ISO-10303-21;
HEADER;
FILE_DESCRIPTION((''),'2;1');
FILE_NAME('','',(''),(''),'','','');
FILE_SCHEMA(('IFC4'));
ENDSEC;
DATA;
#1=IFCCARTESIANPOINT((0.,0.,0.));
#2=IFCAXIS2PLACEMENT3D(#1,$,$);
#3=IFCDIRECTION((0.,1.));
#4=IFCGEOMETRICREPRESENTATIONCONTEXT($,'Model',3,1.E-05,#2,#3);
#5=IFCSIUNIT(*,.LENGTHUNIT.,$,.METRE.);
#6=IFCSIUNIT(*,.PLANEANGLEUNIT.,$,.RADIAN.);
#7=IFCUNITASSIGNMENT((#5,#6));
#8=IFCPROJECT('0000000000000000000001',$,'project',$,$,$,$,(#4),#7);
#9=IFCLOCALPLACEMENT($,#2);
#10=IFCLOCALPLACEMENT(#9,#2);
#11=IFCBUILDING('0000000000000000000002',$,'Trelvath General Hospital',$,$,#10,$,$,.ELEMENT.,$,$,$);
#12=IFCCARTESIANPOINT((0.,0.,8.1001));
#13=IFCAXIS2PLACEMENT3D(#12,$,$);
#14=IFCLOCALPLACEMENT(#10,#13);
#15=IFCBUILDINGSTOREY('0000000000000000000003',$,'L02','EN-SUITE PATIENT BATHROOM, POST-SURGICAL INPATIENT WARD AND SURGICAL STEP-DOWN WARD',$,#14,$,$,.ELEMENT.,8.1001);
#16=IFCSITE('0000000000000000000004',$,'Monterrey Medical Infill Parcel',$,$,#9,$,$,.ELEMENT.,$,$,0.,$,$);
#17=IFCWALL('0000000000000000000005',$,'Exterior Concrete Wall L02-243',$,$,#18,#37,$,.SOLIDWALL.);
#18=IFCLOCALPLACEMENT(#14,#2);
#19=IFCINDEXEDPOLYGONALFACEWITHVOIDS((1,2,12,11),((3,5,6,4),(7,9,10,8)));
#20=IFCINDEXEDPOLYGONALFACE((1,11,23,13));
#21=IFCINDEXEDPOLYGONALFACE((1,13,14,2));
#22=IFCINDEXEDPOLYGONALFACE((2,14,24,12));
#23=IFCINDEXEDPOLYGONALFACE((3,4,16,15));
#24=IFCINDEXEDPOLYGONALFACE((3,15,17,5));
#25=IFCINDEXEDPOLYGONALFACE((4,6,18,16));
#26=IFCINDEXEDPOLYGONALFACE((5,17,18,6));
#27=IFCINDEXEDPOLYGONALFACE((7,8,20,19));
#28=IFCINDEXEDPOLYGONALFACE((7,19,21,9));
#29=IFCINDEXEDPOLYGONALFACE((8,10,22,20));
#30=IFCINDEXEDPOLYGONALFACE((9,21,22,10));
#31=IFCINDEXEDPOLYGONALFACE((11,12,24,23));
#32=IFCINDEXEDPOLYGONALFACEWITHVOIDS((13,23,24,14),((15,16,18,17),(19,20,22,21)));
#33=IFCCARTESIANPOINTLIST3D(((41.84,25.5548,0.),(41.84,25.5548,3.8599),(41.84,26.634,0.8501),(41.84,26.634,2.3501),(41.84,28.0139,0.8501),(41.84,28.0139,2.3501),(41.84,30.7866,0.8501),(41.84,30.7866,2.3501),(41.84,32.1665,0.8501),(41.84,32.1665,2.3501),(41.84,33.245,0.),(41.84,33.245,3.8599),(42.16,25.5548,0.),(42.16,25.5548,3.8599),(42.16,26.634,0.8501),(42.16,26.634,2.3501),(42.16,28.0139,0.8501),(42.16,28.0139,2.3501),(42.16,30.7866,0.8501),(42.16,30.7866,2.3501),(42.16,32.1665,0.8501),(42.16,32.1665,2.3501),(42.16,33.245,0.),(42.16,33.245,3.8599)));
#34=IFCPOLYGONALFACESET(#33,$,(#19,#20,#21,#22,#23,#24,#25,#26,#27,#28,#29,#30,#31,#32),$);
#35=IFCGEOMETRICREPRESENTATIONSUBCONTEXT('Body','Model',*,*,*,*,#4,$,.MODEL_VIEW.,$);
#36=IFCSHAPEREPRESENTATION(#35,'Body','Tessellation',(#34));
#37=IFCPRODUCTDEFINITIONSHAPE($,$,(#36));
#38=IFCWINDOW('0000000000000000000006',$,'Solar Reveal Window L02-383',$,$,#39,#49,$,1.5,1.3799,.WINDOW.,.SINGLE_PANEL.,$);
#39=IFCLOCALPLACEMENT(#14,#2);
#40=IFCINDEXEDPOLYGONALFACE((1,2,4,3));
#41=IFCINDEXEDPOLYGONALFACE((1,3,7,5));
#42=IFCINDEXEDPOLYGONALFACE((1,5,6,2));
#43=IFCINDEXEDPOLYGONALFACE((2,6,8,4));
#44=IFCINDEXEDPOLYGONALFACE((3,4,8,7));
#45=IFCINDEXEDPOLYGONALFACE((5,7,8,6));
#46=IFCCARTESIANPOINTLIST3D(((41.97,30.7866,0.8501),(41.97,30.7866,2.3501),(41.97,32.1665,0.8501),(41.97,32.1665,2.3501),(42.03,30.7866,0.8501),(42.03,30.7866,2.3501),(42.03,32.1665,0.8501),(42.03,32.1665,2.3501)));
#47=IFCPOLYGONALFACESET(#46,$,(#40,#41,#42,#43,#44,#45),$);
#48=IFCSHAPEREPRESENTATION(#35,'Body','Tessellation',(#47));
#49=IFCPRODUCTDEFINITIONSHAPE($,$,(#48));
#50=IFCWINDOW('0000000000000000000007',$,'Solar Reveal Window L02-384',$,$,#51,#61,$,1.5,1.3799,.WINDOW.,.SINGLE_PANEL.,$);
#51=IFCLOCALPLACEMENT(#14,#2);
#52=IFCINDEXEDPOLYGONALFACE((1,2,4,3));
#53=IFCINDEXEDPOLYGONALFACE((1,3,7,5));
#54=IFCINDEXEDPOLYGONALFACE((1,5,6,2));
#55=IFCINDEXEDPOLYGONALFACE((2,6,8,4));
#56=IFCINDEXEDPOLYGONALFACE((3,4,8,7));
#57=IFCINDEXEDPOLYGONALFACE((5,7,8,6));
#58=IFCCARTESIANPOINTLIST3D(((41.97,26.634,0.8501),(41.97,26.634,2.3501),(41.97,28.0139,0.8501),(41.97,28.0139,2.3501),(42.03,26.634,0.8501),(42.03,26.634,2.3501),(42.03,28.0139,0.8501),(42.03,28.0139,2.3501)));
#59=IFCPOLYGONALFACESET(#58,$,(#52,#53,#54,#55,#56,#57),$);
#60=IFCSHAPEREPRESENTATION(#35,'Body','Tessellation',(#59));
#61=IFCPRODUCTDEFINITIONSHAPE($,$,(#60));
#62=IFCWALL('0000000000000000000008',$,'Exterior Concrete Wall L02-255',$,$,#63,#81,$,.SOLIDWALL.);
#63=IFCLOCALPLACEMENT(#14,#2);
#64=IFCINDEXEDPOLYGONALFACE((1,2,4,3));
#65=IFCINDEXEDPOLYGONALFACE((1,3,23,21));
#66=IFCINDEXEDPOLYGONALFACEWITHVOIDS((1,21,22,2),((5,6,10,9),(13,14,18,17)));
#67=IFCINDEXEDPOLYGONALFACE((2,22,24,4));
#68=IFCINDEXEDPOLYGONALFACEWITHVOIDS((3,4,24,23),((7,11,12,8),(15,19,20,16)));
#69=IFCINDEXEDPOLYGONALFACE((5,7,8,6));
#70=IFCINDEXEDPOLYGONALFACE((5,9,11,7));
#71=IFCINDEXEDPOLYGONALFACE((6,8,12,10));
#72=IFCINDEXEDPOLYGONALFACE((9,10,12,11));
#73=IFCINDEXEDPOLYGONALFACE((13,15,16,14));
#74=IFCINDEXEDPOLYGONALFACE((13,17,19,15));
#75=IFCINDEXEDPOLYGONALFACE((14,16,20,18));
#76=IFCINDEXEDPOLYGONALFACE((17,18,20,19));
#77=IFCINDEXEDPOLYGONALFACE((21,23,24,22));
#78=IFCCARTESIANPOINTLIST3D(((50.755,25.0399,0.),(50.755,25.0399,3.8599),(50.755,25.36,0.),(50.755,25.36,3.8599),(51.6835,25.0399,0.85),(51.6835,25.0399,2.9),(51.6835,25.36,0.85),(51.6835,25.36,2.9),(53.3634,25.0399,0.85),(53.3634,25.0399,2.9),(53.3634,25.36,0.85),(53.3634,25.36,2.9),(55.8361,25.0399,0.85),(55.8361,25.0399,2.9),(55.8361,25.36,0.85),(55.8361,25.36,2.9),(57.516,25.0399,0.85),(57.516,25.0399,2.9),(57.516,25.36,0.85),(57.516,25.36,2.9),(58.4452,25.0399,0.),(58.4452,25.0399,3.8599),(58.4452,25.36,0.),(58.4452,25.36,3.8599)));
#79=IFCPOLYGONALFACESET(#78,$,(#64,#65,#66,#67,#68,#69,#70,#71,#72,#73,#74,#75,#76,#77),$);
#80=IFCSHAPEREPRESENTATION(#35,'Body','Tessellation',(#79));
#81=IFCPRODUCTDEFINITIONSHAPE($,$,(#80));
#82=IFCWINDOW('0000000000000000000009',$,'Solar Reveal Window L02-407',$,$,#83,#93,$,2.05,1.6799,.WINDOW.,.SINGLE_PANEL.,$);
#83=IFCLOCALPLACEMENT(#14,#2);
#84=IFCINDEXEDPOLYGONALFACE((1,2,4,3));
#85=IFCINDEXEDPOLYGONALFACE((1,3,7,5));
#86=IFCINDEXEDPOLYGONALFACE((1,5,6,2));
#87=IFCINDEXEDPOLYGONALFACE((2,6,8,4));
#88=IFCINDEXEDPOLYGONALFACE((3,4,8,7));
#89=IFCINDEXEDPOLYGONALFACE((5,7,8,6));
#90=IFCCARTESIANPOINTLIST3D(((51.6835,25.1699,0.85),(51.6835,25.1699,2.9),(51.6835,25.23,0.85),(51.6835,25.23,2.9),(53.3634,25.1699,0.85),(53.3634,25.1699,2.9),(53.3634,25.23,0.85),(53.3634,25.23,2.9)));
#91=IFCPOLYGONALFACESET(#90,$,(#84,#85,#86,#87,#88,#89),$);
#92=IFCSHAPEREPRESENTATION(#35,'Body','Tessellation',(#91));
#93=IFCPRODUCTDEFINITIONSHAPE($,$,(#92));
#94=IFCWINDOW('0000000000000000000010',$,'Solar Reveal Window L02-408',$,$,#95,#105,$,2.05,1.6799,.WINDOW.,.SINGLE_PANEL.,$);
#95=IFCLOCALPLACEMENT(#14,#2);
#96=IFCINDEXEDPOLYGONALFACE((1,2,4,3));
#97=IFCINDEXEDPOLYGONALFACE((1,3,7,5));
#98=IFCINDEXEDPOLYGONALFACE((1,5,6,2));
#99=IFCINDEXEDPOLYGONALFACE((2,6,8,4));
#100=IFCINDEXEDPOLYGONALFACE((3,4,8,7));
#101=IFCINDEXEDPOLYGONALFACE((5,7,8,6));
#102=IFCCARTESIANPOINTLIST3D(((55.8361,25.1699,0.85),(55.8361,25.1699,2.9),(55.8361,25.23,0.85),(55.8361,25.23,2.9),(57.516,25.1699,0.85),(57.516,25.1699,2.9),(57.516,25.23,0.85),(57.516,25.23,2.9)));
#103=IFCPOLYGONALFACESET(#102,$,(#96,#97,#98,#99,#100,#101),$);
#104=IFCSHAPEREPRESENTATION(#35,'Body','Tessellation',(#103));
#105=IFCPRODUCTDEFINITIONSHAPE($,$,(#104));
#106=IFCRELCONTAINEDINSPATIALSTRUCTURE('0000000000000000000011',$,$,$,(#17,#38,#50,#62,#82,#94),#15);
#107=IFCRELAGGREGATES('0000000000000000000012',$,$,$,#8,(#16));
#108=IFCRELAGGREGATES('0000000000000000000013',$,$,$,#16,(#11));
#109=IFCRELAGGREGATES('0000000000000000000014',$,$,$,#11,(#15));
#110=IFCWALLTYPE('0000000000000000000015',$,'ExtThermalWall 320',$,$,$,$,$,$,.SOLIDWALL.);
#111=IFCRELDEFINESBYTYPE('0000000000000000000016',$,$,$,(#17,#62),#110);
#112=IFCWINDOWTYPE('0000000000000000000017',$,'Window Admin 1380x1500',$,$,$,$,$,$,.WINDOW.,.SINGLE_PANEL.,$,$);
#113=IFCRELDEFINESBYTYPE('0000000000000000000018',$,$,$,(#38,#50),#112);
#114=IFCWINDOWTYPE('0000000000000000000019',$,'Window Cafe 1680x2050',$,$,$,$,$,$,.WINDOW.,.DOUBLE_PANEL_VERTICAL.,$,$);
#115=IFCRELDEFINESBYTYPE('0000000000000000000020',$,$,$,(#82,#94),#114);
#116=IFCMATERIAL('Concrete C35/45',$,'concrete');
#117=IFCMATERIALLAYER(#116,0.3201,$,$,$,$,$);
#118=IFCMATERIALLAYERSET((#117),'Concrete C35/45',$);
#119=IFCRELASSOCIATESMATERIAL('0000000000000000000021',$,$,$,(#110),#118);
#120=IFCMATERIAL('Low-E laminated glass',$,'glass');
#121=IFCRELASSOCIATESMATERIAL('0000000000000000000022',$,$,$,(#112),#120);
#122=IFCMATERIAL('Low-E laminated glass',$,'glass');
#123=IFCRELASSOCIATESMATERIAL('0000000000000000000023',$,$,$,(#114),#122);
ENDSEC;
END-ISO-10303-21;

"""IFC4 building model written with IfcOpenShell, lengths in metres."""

from ifc_helpers import new_model, si_unit, direction, frame, frame_2d, origin, place, context, subcontext, project, spatial, rectangle, extrude, material, layer, layer_set, type_object, element, fill, save


model = new_model("IFC4")

# Units and contexts
model_context = context("Model", 3, precision=1e-05, world=origin(), true_north=direction((0.0, 1.0)))
body_context = subcontext(model_context, "Body", "Model", "MODEL_VIEW")
ifc_project = project(units=[si_unit("LENGTHUNIT", "METRE"), si_unit("PLANEANGLEUNIT", "RADIAN")], contexts=[model_context])

# Site, building, storey
site_placement = place(None, origin())
site = spatial("IfcSite", under=ifc_project, at=site_placement, Name="Monterrey Medical Infill Parcel", CompositionType="ELEMENT", RefElevation=0.0)
building_placement = place(site_placement, origin())
building = spatial("IfcBuilding", under=site, at=building_placement, Name="Trelvath General Hospital", CompositionType="ELEMENT")
storey_placement = place(building_placement, frame((0.0, 0.0, 8.1001)))
storey = spatial("IfcBuildingStorey", under=building, at=storey_placement, Name="L02", Description="EN-SUITE PATIENT BATHROOM, POST-SURGICAL INPATIENT WARD AND SURGICAL STEP-DOWN WARD", CompositionType="ELEMENT", Elevation=8.1001)

# Walls, openings, windows
ifc_material_1 = material(Name="Concrete C35/45", Category="concrete")
ifc_layer_1 = layer(ifc_material_1, 0.3201)
ifc_layer_set_1 = layer_set([ifc_layer_1], Name="Concrete C35/45")
wall_type_1 = type_object("IfcWallType", Name="ExtThermalWall 320", PredefinedType="SOLIDWALL", material=ifc_layer_set_1)
wall_1_placement = place(storey_placement, frame((42.0, 33.2451, 0.0), z_axis=(0.0, 0.0, 1.0), x_axis=(0.0, -1.0, 0.0)))
wall_1 = element("IfcWall", 1, at=wall_1_placement, inside=storey, type_object=wall_type_1, Name="Exterior Concrete Wall L02-243", PredefinedType="SOLIDWALL", context=body_context, shape_type="SweptSolid", body=[
    extrude(rectangle(XDim=7.6902, YDim=0.3201, at=frame_2d((3.8452, 0.0))), origin(), (0.0, 0.0, 1.0), 3.8599),
])
opening_1_placement = place(wall_1_placement, frame((1.0786, 0.0, 0.8501)))
opening_1 = element("IfcOpeningElement", 2, at=opening_1_placement, cuts=wall_1, PredefinedType="OPENING", context=body_context, shape_type="SweptSolid", body=[
    extrude(rectangle(XDim=1.3799, YDim=1.5, at=frame_2d((0.6899, 0.75))), frame((0.0, 0.1699, 0.0), z_axis=(0.0, -1.0, 0.0), x_axis=(1.0, 0.0, 0.0)), (0.0, 0.0, 1.0), 0.3401),
])
opening_2_placement = place(wall_1_placement, frame((5.2312, 0.0, 0.8501)))
opening_2 = element("IfcOpeningElement", 3, at=opening_2_placement, cuts=wall_1, PredefinedType="OPENING", context=body_context, shape_type="SweptSolid", body=[
    extrude(rectangle(XDim=1.3799, YDim=1.5, at=frame_2d((0.6899, 0.75))), frame((0.0, 0.1699, 0.0), z_axis=(0.0, -1.0, 0.0), x_axis=(1.0, 0.0, 0.0)), (0.0, 0.0, 1.0), 0.3401),
])
ifc_material_2 = material(Name="Low-E laminated glass", Category="glass")
window_type_1 = type_object("IfcWindowType", Name="Window Admin 1380x1500", PartitioningType="SINGLE_PANEL", PredefinedType="WINDOW", material=ifc_material_2)
window_1_placement = place(opening_1_placement, origin())
window_1 = element("IfcWindow", 4, at=window_1_placement, inside=storey, type_object=window_type_1, Name="Solar Reveal Window L02-383", OverallHeight=1.5, OverallWidth=1.3799, PartitioningType="SINGLE_PANEL", PredefinedType="WINDOW", context=body_context, shape_type="SweptSolid", body=[
    extrude(rectangle(XDim=1.3799, YDim=1.5, at=frame_2d((0.6899, 0.75))), frame((0.0, 0.03, 0.0), z_axis=(0.0, -1.0, 0.0), x_axis=(1.0, 0.0, 0.0)), (0.0, 0.0, 1.0), 0.0601),
])
fill(opening_1, window_1)
window_2_placement = place(opening_2_placement, origin())
window_2 = element("IfcWindow", 5, at=window_2_placement, inside=storey, type_object=window_type_1, Name="Solar Reveal Window L02-384", OverallHeight=1.5, OverallWidth=1.3799, PartitioningType="SINGLE_PANEL", PredefinedType="WINDOW", context=body_context, shape_type="SweptSolid", body=[
    extrude(rectangle(XDim=1.3799, YDim=1.5, at=frame_2d((0.6899, 0.75))), frame((0.0, 0.03, 0.0), z_axis=(0.0, -1.0, 0.0), x_axis=(1.0, 0.0, 0.0)), (0.0, 0.0, 1.0), 0.0601),
])
fill(opening_2, window_2)
wall_2_placement = place(storey_placement, frame((50.7549, 25.2, 0.0), z_axis=(0.0, 0.0, 1.0), x_axis=(1.0, 0.0, 0.0)))
wall_2 = element("IfcWall", 6, at=wall_2_placement, inside=storey, type_object=wall_type_1, Name="Exterior Concrete Wall L02-255", PredefinedType="SOLIDWALL", context=body_context, shape_type="SweptSolid", body=[
    extrude(rectangle(XDim=7.6902, YDim=0.3201, at=frame_2d((3.8452, 0.0))), origin(), (0.0, 0.0, 1.0), 3.8599),
])
opening_3_placement = place(wall_2_placement, frame((0.9287, 0.0, 0.8501)))
opening_3 = element("IfcOpeningElement", 7, at=opening_3_placement, cuts=wall_2, PredefinedType="OPENING", context=body_context, shape_type="SweptSolid", body=[
    extrude(rectangle(XDim=1.6799, YDim=2.05, at=frame_2d((0.8398, 1.0249))), frame((0.0, 0.1699, 0.0), z_axis=(0.0, -1.0, 0.0), x_axis=(1.0, 0.0, 0.0)), (0.0, 0.0, 1.0), 0.3401),
])
opening_4_placement = place(wall_2_placement, frame((5.0813, 0.0, 0.8501)))
opening_4 = element("IfcOpeningElement", 8, at=opening_4_placement, cuts=wall_2, PredefinedType="OPENING", context=body_context, shape_type="SweptSolid", body=[
    extrude(rectangle(XDim=1.6799, YDim=2.05, at=frame_2d((0.8398, 1.0249))), frame((0.0, 0.1699, 0.0), z_axis=(0.0, -1.0, 0.0), x_axis=(1.0, 0.0, 0.0)), (0.0, 0.0, 1.0), 0.3401),
])
ifc_material_3 = material(Name="Low-E laminated glass", Category="glass")
window_type_2 = type_object("IfcWindowType", Name="Window Cafe 1680x2050", PartitioningType="DOUBLE_PANEL_VERTICAL", PredefinedType="WINDOW", material=ifc_material_3)
window_3_placement = place(opening_3_placement, origin())
window_3 = element("IfcWindow", 9, at=window_3_placement, inside=storey, type_object=window_type_2, Name="Solar Reveal Window L02-407", OverallHeight=2.05, OverallWidth=1.6799, PartitioningType="SINGLE_PANEL", PredefinedType="WINDOW", context=body_context, shape_type="SweptSolid", body=[
    extrude(rectangle(XDim=1.6799, YDim=2.05, at=frame_2d((0.8398, 1.0249))), frame((0.0, 0.03, 0.0), z_axis=(0.0, -1.0, 0.0), x_axis=(1.0, 0.0, 0.0)), (0.0, 0.0, 1.0), 0.0601),
])
fill(opening_3, window_3)
window_4_placement = place(opening_4_placement, origin())
window_4 = element("IfcWindow", 10, at=window_4_placement, inside=storey, type_object=window_type_2, Name="Solar Reveal Window L02-408", OverallHeight=2.05, OverallWidth=1.6799, PartitioningType="SINGLE_PANEL", PredefinedType="WINDOW", context=body_context, shape_type="SweptSolid", body=[
    extrude(rectangle(XDim=1.6799, YDim=2.05, at=frame_2d((0.8398, 1.0249))), frame((0.0, 0.03, 0.0), z_axis=(0.0, -1.0, 0.0), x_axis=(1.0, 0.0, 0.0)), (0.0, 0.0, 1.0), 0.0601),
])
fill(opening_4, window_4)

save(model, "model.ifc")
